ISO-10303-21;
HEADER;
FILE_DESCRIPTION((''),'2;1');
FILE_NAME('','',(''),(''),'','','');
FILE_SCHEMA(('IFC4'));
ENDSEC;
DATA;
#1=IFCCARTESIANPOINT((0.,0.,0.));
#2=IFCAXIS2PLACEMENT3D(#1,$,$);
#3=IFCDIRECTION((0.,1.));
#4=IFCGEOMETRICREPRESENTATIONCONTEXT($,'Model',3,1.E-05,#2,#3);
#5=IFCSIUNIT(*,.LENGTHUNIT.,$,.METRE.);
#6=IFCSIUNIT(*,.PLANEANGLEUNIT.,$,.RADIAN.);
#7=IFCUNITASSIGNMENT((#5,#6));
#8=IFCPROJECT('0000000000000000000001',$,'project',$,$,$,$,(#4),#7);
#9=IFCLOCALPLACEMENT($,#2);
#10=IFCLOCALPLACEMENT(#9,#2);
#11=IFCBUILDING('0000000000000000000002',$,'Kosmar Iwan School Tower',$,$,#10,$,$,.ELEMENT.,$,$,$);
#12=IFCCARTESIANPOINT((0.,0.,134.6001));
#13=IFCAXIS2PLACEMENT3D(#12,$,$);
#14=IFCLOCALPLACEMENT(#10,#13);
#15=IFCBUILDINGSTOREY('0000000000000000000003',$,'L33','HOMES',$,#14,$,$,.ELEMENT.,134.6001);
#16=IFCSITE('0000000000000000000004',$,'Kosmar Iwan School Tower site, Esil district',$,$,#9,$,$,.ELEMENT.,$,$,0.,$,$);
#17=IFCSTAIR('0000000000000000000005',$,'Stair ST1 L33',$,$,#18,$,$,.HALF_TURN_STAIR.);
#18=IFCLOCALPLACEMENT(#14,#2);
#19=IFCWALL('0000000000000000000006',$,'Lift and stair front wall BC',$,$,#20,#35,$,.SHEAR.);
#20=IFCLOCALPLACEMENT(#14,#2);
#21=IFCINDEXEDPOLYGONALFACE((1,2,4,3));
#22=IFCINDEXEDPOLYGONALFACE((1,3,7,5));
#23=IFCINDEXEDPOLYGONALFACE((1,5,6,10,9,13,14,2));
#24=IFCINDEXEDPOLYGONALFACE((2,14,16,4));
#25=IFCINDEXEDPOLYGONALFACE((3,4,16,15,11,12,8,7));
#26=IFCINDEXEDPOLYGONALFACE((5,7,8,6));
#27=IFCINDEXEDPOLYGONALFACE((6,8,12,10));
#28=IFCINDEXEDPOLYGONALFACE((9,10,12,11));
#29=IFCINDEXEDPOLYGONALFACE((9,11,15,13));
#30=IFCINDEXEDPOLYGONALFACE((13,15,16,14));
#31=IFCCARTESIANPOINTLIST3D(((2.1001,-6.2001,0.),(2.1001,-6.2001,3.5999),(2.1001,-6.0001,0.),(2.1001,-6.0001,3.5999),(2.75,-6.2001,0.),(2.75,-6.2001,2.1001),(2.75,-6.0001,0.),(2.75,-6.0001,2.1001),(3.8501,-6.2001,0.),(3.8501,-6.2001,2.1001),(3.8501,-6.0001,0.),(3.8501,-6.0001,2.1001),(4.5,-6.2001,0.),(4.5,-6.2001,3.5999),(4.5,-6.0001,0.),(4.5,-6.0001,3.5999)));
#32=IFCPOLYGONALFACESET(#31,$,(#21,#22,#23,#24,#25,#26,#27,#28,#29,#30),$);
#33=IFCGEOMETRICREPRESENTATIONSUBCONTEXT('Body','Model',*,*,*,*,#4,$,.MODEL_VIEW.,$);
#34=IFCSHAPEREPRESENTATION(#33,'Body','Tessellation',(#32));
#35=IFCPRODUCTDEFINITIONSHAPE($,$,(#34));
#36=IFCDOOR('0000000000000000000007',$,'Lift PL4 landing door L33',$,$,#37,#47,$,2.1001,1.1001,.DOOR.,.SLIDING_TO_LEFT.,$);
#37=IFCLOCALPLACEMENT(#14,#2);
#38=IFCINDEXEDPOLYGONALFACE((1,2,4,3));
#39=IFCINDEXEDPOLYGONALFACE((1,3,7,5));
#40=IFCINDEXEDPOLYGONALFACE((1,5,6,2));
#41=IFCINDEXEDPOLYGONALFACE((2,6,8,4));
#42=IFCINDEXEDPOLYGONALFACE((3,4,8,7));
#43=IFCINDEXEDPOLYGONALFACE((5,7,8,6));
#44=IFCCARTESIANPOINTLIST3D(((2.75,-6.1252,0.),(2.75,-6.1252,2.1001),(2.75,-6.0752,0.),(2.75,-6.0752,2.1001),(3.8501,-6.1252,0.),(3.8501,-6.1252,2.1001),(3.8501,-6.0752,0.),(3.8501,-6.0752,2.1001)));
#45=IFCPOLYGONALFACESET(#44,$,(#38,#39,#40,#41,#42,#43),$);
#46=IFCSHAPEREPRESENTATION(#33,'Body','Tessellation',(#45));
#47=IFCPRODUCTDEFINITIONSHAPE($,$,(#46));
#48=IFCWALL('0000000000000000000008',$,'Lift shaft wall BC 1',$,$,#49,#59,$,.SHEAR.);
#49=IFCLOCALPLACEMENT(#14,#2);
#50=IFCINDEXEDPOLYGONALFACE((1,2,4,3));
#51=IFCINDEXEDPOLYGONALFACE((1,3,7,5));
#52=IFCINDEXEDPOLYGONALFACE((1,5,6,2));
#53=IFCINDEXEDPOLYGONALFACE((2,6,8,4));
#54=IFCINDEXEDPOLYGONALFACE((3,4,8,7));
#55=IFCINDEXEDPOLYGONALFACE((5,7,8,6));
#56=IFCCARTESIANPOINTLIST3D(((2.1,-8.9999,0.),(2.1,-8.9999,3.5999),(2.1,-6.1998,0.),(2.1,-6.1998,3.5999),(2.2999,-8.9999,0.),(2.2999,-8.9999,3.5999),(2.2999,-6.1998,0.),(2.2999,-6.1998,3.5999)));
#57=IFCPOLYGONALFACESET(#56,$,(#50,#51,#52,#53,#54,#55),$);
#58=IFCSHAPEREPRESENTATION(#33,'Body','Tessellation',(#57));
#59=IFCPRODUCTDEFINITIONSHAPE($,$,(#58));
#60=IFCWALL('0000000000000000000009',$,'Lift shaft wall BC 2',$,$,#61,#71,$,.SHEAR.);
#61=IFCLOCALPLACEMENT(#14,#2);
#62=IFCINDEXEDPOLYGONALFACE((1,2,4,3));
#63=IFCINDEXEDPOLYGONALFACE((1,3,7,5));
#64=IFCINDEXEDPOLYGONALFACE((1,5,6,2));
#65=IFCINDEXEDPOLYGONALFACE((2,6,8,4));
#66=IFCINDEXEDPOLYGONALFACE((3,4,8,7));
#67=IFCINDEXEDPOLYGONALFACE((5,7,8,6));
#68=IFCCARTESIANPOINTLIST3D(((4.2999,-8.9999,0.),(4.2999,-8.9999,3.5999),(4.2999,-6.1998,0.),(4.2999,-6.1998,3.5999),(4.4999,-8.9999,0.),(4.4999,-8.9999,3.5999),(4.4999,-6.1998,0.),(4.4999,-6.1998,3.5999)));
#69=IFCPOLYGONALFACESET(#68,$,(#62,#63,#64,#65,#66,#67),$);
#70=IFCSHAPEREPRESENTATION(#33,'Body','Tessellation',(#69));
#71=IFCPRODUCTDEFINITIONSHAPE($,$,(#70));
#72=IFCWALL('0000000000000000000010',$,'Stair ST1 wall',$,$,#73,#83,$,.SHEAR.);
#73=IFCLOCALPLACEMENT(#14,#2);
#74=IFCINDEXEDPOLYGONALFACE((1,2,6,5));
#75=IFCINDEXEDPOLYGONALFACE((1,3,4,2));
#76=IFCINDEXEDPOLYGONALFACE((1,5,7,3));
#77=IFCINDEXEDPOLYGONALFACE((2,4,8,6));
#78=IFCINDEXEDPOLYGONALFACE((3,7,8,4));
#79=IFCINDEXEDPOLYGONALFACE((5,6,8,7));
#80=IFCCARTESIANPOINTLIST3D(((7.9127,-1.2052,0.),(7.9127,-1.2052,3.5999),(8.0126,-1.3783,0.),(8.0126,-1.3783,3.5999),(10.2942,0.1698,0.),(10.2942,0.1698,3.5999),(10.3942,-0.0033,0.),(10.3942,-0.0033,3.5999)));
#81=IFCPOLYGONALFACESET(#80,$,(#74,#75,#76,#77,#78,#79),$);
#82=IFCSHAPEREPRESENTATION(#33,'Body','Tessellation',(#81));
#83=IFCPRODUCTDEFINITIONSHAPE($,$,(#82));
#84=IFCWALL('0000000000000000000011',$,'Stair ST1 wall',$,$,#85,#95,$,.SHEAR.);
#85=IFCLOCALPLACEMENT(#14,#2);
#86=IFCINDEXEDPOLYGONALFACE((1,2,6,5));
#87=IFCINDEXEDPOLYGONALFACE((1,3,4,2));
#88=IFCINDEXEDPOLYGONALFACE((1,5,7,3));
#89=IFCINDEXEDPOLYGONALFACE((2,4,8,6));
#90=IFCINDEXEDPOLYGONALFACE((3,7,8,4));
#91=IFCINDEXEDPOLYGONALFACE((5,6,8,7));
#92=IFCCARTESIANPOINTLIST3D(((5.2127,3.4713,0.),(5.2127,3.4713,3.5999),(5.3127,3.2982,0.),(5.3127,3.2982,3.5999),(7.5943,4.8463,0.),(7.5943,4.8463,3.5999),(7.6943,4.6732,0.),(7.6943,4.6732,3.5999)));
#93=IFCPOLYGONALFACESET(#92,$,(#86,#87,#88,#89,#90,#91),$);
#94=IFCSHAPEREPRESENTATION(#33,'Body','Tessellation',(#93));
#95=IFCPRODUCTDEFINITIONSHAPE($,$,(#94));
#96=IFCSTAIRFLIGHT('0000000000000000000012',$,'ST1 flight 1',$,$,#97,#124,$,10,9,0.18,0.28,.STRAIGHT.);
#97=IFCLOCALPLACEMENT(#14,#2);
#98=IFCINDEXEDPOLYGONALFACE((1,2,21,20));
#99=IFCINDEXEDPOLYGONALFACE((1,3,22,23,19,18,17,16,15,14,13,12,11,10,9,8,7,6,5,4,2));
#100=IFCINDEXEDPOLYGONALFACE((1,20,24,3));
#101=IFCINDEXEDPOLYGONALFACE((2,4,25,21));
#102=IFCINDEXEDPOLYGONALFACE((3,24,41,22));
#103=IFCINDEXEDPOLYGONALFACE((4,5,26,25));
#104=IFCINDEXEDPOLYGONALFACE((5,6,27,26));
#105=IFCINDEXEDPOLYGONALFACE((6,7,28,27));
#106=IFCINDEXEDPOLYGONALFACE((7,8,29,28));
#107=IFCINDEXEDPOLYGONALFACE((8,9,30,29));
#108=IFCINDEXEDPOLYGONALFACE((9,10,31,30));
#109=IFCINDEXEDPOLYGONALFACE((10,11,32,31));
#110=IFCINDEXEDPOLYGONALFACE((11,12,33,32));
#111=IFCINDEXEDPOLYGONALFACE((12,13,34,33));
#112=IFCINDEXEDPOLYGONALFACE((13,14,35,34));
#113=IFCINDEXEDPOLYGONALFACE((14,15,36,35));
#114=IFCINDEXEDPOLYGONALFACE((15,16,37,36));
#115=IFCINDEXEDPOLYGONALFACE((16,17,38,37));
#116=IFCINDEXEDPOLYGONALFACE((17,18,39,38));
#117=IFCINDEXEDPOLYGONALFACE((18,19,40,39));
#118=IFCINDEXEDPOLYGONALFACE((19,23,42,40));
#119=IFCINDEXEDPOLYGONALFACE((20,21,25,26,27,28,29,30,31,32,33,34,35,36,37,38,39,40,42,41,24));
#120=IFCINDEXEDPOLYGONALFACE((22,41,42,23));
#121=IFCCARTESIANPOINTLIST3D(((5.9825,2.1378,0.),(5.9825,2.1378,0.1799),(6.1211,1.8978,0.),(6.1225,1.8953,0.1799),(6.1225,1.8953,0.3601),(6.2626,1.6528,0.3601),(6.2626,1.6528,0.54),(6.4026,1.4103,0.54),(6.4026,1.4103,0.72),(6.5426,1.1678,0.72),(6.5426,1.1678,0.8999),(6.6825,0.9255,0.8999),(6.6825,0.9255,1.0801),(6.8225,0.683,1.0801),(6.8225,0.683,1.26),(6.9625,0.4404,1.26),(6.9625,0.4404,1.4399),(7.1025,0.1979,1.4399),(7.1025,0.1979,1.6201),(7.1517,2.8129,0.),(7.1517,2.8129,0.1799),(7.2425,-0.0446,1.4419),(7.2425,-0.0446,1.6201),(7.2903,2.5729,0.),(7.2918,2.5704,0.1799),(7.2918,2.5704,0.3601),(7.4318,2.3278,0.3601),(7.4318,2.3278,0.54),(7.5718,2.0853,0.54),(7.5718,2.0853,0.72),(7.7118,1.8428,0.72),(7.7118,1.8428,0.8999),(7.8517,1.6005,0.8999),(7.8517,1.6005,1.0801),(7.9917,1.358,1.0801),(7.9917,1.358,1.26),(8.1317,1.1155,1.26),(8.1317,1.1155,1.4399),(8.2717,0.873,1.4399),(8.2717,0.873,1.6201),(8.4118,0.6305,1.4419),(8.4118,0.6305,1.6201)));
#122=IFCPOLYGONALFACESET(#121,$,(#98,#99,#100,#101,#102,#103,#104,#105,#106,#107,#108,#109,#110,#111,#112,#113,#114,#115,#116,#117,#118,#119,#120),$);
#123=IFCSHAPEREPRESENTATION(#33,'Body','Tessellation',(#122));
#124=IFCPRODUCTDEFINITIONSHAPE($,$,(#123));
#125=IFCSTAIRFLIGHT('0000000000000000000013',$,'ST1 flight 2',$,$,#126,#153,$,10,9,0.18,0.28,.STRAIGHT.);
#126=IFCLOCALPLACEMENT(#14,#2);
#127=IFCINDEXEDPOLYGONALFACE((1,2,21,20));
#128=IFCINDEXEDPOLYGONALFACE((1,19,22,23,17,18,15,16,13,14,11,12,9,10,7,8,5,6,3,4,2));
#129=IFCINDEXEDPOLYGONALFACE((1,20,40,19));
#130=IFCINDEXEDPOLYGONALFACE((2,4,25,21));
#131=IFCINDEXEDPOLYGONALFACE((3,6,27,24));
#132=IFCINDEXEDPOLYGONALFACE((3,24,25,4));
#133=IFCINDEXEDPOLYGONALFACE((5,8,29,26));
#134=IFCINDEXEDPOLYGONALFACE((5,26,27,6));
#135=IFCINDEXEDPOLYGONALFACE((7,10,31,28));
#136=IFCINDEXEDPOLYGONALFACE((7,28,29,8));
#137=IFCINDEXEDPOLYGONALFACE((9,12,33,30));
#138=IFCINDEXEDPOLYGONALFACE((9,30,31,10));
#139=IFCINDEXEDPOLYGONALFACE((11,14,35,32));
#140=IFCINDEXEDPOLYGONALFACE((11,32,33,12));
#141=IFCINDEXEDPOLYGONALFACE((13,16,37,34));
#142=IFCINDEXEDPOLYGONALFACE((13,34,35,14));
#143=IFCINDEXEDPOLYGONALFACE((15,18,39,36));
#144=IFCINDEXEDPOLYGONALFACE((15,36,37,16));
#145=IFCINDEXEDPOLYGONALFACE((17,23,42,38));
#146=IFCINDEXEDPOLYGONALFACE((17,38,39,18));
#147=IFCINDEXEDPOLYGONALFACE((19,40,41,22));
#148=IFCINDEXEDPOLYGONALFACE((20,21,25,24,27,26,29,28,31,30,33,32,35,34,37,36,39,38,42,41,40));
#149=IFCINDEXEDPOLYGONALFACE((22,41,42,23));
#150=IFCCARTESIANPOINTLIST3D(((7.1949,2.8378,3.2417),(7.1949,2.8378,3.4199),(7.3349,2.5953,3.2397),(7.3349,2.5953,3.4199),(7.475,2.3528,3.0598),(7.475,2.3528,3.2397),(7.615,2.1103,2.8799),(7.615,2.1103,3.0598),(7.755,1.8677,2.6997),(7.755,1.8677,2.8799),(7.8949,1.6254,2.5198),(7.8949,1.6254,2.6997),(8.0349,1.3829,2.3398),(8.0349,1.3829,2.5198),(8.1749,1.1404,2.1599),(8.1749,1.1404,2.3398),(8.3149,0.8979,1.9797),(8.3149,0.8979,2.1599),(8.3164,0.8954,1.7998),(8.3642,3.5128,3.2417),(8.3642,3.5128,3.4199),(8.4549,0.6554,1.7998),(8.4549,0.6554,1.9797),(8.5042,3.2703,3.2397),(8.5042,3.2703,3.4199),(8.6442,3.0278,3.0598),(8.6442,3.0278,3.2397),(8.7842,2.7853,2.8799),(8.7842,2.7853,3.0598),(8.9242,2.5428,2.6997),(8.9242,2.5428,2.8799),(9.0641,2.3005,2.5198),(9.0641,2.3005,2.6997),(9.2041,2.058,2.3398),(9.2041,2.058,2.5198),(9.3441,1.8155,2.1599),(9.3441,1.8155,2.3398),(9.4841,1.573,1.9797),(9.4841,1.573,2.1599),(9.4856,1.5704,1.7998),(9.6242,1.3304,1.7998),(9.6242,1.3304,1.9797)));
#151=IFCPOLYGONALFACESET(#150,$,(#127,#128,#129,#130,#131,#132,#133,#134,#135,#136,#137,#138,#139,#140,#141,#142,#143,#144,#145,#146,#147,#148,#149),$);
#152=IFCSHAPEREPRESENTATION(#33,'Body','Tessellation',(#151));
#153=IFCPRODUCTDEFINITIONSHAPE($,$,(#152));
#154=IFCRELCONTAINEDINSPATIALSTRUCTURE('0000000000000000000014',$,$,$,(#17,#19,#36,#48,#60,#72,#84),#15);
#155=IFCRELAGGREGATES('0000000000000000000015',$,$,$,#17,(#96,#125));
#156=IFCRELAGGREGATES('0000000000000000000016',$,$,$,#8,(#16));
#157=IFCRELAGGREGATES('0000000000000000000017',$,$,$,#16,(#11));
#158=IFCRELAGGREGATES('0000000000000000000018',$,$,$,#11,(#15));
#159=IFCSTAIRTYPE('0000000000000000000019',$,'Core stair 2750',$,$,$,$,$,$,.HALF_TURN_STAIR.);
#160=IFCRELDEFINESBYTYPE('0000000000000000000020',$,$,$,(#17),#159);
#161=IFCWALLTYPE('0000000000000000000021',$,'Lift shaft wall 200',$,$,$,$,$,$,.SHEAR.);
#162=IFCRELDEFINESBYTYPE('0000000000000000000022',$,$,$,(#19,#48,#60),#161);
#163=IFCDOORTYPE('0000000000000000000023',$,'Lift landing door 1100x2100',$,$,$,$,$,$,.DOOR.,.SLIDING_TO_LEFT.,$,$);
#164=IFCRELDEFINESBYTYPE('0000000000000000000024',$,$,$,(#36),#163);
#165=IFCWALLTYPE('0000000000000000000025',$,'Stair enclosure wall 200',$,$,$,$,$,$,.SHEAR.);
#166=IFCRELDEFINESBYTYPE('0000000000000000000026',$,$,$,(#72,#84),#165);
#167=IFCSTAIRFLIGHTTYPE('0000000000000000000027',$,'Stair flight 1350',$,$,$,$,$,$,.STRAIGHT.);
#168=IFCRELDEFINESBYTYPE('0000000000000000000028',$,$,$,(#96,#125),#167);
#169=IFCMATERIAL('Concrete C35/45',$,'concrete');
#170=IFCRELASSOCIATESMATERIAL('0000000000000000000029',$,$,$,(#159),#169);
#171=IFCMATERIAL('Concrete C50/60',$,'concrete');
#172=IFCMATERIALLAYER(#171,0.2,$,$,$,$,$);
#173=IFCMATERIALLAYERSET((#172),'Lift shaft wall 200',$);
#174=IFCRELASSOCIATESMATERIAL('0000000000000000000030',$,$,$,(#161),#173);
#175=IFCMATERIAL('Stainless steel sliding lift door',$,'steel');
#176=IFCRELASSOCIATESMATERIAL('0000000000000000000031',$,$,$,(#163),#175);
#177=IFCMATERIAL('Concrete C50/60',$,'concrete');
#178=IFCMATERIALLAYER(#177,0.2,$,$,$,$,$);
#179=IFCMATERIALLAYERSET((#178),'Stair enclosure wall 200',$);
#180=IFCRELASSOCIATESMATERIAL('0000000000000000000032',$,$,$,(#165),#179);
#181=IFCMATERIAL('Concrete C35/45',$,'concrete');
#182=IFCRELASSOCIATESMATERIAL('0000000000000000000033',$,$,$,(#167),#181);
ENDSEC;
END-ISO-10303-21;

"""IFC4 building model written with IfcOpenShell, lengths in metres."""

from ifc_helpers import new_model, si_unit, direction, frame, frame_2d, origin, place, context, subcontext, project, spatial, polyline, rectangle, outline, extrude, material, layer, layer_set, type_object, element, fill, aggregate, save


model = new_model("IFC4")

# Units and contexts
model_context = context("Model", 3, precision=1e-05, world=origin(), true_north=direction((0.0, 1.0)))
body_context = subcontext(model_context, "Body", "Model", "MODEL_VIEW")
ifc_project = project(units=[si_unit("LENGTHUNIT", "METRE"), si_unit("PLANEANGLEUNIT", "RADIAN")], contexts=[model_context])

# Site, building, storey
site_placement = place(None, origin())
site = spatial("IfcSite", under=ifc_project, at=site_placement, Name="Kosmar Iwan School Tower site, Esil district", CompositionType="ELEMENT", RefElevation=0.0)
building_placement = place(site_placement, origin())
building = spatial("IfcBuilding", under=site, at=building_placement, Name="Kosmar Iwan School Tower", CompositionType="ELEMENT")
storey_placement = place(building_placement, frame((0.0, 0.0, 134.6001)))
storey = spatial("IfcBuildingStorey", under=building, at=storey_placement, Name="L33", Description="HOMES", CompositionType="ELEMENT", Elevation=134.6001)

# Stair
ifc_material_1 = material(Name="Concrete C35/45", Category="concrete")
stair_type_1 = type_object("IfcStairType", Name="Core stair 2750", PredefinedType="HALF_TURN_STAIR", material=ifc_material_1)
stair_1_placement = place(storey_placement, origin())
stair_1 = element("IfcStair", 1, at=stair_1_placement, inside=storey, type_object=stair_type_1, Name="Stair ST1 L33", PredefinedType="HALF_TURN_STAIR")

# Shared definitions
ifc_material_2 = material(Name="Concrete C50/60", Category="concrete")
ifc_layer_1 = layer(ifc_material_2, 0.2)
ifc_layer_set_1 = layer_set([ifc_layer_1], Name="Lift shaft wall 200")
wall_type_1 = type_object("IfcWallType", Name="Lift shaft wall 200", PredefinedType="SHEAR", material=ifc_layer_set_1)

# Wall, opening, door
wall_1_placement = place(storey_placement, frame((2.1001, -6.1001, 0.0), z_axis=(0.0, 0.0, 1.0), x_axis=(1.0, 0.0, 0.0)))
wall_1 = element("IfcWall", 2, at=wall_1_placement, inside=storey, type_object=wall_type_1, Name="Lift and stair front wall BC", PredefinedType="SHEAR", context=body_context, shape_type="SweptSolid", body=[
    extrude(rectangle(XDim=2.3999, YDim=0.2, at=frame_2d((1.2, 0.0))), origin(), (0.0, 0.0, 1.0), 3.5999),
])
opening_1_placement = place(wall_1_placement, frame((0.6499, 0.0, 0.0)))
opening_1 = element("IfcOpeningElement", 3, at=opening_1_placement, cuts=wall_1, PredefinedType="OPENING", context=body_context, shape_type="SweptSolid", body=[
    extrude(rectangle(XDim=1.1001, YDim=2.1001, at=frame_2d((0.55, 1.05))), frame((0.0, 0.1121, 0.0), z_axis=(0.0, -1.0, 0.0), x_axis=(1.0, 0.0, 0.0)), (0.0, 0.0, 1.0), 0.2239),
])
ifc_material_3 = material(Name="Stainless steel sliding lift door", Category="steel")
door_type_1 = type_object("IfcDoorType", Name="Lift landing door 1100x2100", OperationType="SLIDING_TO_LEFT", PredefinedType="DOOR", material=ifc_material_3)
door_1_placement = place(opening_1_placement, origin())
door_1 = element("IfcDoor", 4, at=door_1_placement, inside=storey, type_object=door_type_1, Name="Lift PL4 landing door L33", OperationType="SLIDING_TO_LEFT", OverallHeight=2.1001, OverallWidth=1.1001, PredefinedType="DOOR", context=body_context, shape_type="SweptSolid", body=[
    extrude(rectangle(XDim=1.1001, YDim=2.1001, at=frame_2d((0.55, 1.05))), frame((0.0, 0.0249, 0.0), z_axis=(0.0, -1.0, 0.0), x_axis=(1.0, 0.0, 0.0)), (0.0, 0.0, 1.0), 0.05),
])
fill(opening_1, door_1)

# Walls
for number, where, z_axis, x_axis, name in (
    (5, (2.2, -6.2, 0.0), (0.0, 0.0, 1.0), (0.0, -1.0, 0.0), "Lift shaft wall BC 1"),
    (6, (4.3999, -6.2, 0.0), (0.0, 0.0, 1.0), (0.0, -1.0, 0.0), "Lift shaft wall BC 2"),
):
    element("IfcWall", number, at=place(storey_placement, frame(where, z_axis=z_axis, x_axis=x_axis)), inside=storey, type_object=wall_type_1, Name=name, PredefinedType="SHEAR", context=body_context, shape_type="SweptSolid", body=[
        extrude(rectangle(XDim=2.8, YDim=0.2, at=frame_2d((1.3999, 0.0))), origin(), (0.0, 0.0, 1.0), 3.5999),
    ])
ifc_material_4 = material(Name="Concrete C50/60", Category="concrete")
ifc_layer_2 = layer(ifc_material_4, 0.2)
ifc_layer_set_2 = layer_set([ifc_layer_2], Name="Stair enclosure wall 200")
wall_type_2 = type_object("IfcWallType", Name="Stair enclosure wall 200", PredefinedType="SHEAR", material=ifc_layer_set_2)
for number, where, z_axis, x_axis, name in (
    (7, (7.9626, -1.2917, 0.0), (0.0, 0.0, 1.0), (0.866027, 0.499997, 0.0), "Stair ST1 wall"),
    (8, (5.2627, 3.3848, 0.0), (0.0, 0.0, 1.0), (0.866027, 0.499997, 0.0), "Stair ST1 wall"),
):
    element("IfcWall", number, at=place(storey_placement, frame(where, z_axis=z_axis, x_axis=x_axis)), inside=storey, type_object=wall_type_2, Name=name, PredefinedType="SHEAR", context=body_context, shape_type="SweptSolid", body=[
        extrude(rectangle(XDim=2.75, YDim=0.2, at=frame_2d((1.375, 0.0))), origin(), (0.0, 0.0, 1.0), 3.5999),
    ])

# Stair flights
ifc_material_5 = material(Name="Concrete C35/45", Category="concrete")
stair_flight_type = type_object("IfcStairFlightType", Name="Stair flight 1350", PredefinedType="STRAIGHT", material=ifc_material_5)
stair_flight_1_placement = place(storey_placement, frame((6.5671, 2.4753, 0.0), z_axis=(0.0, 0.0, 1.0), x_axis=(0.5, -0.866025, 0.0)))
stair_flight_1 = element("IfcStairFlight", 9, at=stair_flight_1_placement, type_object=stair_flight_type, Name="ST1 flight 1", NumberOfRisers=10, NumberOfTreads=9, PredefinedType="STRAIGHT", RiserHeight=0.18, TreadLength=0.28, context=body_context, shape_type="SweptSolid", body=[
    extrude(outline(polyline([(0.0, 0.0), (0.0, 0.1799), (0.28, 0.1799), (0.28, 0.3601), (0.5601, 0.3601), (0.5601, 0.54), (0.8401, 0.54), (0.8401, 0.72), (1.1201, 0.72), (1.1201, 0.8999), (1.3999, 0.8999), (1.3999, 1.0801), (1.6799, 1.0801), (1.6799, 1.26), (1.96, 1.26), (1.96, 1.4399), (2.24, 1.4399), (2.24, 1.6201), (2.52, 1.6201), (2.52, 1.8), (2.52, 1.4419), (0.2771, 0.0), (0.0, 0.0)])), frame((0.0, 0.675, 0.0), z_axis=(0.0, -1.0, 0.0), x_axis=(1.0, 0.0, 0.0)), (0.0, 0.0, 1.0), 1.3501),
])
stair_flight_2_placement = place(storey_placement, frame((9.0396, 0.9929, 1.7998), z_axis=(0.0, 0.0, 1.0), x_axis=(-0.5, 0.866025, 0.0)))
stair_flight_2 = element("IfcStairFlight", 10, at=stair_flight_2_placement, type_object=stair_flight_type, Name="ST1 flight 2", NumberOfRisers=10, NumberOfTreads=9, PredefinedType="STRAIGHT", RiserHeight=0.18, TreadLength=0.28, context=body_context, shape_type="SweptSolid", body=[
    extrude(outline(polyline([(0.0, 0.0), (0.0, 0.1799), (0.28, 0.1799), (0.28, 0.3601), (0.5601, 0.3601), (0.5601, 0.54), (0.8401, 0.54), (0.8401, 0.72), (1.1201, 0.72), (1.1201, 0.8999), (1.3999, 0.8999), (1.3999, 1.0801), (1.6799, 1.0801), (1.6799, 1.26), (1.96, 1.26), (1.96, 1.4399), (2.24, 1.4399), (2.24, 1.6201), (2.52, 1.6201), (2.52, 1.8), (2.52, 1.4419), (0.2771, 0.0), (0.0, 0.0)])), frame((0.0, 0.675, 0.0), z_axis=(0.0, -1.0, 0.0), x_axis=(1.0, 0.0, 0.0)), (0.0, 0.0, 1.0), 1.3501),
])
aggregate(stair_1, [stair_flight_1, stair_flight_2])

save(model, "model.ifc")
